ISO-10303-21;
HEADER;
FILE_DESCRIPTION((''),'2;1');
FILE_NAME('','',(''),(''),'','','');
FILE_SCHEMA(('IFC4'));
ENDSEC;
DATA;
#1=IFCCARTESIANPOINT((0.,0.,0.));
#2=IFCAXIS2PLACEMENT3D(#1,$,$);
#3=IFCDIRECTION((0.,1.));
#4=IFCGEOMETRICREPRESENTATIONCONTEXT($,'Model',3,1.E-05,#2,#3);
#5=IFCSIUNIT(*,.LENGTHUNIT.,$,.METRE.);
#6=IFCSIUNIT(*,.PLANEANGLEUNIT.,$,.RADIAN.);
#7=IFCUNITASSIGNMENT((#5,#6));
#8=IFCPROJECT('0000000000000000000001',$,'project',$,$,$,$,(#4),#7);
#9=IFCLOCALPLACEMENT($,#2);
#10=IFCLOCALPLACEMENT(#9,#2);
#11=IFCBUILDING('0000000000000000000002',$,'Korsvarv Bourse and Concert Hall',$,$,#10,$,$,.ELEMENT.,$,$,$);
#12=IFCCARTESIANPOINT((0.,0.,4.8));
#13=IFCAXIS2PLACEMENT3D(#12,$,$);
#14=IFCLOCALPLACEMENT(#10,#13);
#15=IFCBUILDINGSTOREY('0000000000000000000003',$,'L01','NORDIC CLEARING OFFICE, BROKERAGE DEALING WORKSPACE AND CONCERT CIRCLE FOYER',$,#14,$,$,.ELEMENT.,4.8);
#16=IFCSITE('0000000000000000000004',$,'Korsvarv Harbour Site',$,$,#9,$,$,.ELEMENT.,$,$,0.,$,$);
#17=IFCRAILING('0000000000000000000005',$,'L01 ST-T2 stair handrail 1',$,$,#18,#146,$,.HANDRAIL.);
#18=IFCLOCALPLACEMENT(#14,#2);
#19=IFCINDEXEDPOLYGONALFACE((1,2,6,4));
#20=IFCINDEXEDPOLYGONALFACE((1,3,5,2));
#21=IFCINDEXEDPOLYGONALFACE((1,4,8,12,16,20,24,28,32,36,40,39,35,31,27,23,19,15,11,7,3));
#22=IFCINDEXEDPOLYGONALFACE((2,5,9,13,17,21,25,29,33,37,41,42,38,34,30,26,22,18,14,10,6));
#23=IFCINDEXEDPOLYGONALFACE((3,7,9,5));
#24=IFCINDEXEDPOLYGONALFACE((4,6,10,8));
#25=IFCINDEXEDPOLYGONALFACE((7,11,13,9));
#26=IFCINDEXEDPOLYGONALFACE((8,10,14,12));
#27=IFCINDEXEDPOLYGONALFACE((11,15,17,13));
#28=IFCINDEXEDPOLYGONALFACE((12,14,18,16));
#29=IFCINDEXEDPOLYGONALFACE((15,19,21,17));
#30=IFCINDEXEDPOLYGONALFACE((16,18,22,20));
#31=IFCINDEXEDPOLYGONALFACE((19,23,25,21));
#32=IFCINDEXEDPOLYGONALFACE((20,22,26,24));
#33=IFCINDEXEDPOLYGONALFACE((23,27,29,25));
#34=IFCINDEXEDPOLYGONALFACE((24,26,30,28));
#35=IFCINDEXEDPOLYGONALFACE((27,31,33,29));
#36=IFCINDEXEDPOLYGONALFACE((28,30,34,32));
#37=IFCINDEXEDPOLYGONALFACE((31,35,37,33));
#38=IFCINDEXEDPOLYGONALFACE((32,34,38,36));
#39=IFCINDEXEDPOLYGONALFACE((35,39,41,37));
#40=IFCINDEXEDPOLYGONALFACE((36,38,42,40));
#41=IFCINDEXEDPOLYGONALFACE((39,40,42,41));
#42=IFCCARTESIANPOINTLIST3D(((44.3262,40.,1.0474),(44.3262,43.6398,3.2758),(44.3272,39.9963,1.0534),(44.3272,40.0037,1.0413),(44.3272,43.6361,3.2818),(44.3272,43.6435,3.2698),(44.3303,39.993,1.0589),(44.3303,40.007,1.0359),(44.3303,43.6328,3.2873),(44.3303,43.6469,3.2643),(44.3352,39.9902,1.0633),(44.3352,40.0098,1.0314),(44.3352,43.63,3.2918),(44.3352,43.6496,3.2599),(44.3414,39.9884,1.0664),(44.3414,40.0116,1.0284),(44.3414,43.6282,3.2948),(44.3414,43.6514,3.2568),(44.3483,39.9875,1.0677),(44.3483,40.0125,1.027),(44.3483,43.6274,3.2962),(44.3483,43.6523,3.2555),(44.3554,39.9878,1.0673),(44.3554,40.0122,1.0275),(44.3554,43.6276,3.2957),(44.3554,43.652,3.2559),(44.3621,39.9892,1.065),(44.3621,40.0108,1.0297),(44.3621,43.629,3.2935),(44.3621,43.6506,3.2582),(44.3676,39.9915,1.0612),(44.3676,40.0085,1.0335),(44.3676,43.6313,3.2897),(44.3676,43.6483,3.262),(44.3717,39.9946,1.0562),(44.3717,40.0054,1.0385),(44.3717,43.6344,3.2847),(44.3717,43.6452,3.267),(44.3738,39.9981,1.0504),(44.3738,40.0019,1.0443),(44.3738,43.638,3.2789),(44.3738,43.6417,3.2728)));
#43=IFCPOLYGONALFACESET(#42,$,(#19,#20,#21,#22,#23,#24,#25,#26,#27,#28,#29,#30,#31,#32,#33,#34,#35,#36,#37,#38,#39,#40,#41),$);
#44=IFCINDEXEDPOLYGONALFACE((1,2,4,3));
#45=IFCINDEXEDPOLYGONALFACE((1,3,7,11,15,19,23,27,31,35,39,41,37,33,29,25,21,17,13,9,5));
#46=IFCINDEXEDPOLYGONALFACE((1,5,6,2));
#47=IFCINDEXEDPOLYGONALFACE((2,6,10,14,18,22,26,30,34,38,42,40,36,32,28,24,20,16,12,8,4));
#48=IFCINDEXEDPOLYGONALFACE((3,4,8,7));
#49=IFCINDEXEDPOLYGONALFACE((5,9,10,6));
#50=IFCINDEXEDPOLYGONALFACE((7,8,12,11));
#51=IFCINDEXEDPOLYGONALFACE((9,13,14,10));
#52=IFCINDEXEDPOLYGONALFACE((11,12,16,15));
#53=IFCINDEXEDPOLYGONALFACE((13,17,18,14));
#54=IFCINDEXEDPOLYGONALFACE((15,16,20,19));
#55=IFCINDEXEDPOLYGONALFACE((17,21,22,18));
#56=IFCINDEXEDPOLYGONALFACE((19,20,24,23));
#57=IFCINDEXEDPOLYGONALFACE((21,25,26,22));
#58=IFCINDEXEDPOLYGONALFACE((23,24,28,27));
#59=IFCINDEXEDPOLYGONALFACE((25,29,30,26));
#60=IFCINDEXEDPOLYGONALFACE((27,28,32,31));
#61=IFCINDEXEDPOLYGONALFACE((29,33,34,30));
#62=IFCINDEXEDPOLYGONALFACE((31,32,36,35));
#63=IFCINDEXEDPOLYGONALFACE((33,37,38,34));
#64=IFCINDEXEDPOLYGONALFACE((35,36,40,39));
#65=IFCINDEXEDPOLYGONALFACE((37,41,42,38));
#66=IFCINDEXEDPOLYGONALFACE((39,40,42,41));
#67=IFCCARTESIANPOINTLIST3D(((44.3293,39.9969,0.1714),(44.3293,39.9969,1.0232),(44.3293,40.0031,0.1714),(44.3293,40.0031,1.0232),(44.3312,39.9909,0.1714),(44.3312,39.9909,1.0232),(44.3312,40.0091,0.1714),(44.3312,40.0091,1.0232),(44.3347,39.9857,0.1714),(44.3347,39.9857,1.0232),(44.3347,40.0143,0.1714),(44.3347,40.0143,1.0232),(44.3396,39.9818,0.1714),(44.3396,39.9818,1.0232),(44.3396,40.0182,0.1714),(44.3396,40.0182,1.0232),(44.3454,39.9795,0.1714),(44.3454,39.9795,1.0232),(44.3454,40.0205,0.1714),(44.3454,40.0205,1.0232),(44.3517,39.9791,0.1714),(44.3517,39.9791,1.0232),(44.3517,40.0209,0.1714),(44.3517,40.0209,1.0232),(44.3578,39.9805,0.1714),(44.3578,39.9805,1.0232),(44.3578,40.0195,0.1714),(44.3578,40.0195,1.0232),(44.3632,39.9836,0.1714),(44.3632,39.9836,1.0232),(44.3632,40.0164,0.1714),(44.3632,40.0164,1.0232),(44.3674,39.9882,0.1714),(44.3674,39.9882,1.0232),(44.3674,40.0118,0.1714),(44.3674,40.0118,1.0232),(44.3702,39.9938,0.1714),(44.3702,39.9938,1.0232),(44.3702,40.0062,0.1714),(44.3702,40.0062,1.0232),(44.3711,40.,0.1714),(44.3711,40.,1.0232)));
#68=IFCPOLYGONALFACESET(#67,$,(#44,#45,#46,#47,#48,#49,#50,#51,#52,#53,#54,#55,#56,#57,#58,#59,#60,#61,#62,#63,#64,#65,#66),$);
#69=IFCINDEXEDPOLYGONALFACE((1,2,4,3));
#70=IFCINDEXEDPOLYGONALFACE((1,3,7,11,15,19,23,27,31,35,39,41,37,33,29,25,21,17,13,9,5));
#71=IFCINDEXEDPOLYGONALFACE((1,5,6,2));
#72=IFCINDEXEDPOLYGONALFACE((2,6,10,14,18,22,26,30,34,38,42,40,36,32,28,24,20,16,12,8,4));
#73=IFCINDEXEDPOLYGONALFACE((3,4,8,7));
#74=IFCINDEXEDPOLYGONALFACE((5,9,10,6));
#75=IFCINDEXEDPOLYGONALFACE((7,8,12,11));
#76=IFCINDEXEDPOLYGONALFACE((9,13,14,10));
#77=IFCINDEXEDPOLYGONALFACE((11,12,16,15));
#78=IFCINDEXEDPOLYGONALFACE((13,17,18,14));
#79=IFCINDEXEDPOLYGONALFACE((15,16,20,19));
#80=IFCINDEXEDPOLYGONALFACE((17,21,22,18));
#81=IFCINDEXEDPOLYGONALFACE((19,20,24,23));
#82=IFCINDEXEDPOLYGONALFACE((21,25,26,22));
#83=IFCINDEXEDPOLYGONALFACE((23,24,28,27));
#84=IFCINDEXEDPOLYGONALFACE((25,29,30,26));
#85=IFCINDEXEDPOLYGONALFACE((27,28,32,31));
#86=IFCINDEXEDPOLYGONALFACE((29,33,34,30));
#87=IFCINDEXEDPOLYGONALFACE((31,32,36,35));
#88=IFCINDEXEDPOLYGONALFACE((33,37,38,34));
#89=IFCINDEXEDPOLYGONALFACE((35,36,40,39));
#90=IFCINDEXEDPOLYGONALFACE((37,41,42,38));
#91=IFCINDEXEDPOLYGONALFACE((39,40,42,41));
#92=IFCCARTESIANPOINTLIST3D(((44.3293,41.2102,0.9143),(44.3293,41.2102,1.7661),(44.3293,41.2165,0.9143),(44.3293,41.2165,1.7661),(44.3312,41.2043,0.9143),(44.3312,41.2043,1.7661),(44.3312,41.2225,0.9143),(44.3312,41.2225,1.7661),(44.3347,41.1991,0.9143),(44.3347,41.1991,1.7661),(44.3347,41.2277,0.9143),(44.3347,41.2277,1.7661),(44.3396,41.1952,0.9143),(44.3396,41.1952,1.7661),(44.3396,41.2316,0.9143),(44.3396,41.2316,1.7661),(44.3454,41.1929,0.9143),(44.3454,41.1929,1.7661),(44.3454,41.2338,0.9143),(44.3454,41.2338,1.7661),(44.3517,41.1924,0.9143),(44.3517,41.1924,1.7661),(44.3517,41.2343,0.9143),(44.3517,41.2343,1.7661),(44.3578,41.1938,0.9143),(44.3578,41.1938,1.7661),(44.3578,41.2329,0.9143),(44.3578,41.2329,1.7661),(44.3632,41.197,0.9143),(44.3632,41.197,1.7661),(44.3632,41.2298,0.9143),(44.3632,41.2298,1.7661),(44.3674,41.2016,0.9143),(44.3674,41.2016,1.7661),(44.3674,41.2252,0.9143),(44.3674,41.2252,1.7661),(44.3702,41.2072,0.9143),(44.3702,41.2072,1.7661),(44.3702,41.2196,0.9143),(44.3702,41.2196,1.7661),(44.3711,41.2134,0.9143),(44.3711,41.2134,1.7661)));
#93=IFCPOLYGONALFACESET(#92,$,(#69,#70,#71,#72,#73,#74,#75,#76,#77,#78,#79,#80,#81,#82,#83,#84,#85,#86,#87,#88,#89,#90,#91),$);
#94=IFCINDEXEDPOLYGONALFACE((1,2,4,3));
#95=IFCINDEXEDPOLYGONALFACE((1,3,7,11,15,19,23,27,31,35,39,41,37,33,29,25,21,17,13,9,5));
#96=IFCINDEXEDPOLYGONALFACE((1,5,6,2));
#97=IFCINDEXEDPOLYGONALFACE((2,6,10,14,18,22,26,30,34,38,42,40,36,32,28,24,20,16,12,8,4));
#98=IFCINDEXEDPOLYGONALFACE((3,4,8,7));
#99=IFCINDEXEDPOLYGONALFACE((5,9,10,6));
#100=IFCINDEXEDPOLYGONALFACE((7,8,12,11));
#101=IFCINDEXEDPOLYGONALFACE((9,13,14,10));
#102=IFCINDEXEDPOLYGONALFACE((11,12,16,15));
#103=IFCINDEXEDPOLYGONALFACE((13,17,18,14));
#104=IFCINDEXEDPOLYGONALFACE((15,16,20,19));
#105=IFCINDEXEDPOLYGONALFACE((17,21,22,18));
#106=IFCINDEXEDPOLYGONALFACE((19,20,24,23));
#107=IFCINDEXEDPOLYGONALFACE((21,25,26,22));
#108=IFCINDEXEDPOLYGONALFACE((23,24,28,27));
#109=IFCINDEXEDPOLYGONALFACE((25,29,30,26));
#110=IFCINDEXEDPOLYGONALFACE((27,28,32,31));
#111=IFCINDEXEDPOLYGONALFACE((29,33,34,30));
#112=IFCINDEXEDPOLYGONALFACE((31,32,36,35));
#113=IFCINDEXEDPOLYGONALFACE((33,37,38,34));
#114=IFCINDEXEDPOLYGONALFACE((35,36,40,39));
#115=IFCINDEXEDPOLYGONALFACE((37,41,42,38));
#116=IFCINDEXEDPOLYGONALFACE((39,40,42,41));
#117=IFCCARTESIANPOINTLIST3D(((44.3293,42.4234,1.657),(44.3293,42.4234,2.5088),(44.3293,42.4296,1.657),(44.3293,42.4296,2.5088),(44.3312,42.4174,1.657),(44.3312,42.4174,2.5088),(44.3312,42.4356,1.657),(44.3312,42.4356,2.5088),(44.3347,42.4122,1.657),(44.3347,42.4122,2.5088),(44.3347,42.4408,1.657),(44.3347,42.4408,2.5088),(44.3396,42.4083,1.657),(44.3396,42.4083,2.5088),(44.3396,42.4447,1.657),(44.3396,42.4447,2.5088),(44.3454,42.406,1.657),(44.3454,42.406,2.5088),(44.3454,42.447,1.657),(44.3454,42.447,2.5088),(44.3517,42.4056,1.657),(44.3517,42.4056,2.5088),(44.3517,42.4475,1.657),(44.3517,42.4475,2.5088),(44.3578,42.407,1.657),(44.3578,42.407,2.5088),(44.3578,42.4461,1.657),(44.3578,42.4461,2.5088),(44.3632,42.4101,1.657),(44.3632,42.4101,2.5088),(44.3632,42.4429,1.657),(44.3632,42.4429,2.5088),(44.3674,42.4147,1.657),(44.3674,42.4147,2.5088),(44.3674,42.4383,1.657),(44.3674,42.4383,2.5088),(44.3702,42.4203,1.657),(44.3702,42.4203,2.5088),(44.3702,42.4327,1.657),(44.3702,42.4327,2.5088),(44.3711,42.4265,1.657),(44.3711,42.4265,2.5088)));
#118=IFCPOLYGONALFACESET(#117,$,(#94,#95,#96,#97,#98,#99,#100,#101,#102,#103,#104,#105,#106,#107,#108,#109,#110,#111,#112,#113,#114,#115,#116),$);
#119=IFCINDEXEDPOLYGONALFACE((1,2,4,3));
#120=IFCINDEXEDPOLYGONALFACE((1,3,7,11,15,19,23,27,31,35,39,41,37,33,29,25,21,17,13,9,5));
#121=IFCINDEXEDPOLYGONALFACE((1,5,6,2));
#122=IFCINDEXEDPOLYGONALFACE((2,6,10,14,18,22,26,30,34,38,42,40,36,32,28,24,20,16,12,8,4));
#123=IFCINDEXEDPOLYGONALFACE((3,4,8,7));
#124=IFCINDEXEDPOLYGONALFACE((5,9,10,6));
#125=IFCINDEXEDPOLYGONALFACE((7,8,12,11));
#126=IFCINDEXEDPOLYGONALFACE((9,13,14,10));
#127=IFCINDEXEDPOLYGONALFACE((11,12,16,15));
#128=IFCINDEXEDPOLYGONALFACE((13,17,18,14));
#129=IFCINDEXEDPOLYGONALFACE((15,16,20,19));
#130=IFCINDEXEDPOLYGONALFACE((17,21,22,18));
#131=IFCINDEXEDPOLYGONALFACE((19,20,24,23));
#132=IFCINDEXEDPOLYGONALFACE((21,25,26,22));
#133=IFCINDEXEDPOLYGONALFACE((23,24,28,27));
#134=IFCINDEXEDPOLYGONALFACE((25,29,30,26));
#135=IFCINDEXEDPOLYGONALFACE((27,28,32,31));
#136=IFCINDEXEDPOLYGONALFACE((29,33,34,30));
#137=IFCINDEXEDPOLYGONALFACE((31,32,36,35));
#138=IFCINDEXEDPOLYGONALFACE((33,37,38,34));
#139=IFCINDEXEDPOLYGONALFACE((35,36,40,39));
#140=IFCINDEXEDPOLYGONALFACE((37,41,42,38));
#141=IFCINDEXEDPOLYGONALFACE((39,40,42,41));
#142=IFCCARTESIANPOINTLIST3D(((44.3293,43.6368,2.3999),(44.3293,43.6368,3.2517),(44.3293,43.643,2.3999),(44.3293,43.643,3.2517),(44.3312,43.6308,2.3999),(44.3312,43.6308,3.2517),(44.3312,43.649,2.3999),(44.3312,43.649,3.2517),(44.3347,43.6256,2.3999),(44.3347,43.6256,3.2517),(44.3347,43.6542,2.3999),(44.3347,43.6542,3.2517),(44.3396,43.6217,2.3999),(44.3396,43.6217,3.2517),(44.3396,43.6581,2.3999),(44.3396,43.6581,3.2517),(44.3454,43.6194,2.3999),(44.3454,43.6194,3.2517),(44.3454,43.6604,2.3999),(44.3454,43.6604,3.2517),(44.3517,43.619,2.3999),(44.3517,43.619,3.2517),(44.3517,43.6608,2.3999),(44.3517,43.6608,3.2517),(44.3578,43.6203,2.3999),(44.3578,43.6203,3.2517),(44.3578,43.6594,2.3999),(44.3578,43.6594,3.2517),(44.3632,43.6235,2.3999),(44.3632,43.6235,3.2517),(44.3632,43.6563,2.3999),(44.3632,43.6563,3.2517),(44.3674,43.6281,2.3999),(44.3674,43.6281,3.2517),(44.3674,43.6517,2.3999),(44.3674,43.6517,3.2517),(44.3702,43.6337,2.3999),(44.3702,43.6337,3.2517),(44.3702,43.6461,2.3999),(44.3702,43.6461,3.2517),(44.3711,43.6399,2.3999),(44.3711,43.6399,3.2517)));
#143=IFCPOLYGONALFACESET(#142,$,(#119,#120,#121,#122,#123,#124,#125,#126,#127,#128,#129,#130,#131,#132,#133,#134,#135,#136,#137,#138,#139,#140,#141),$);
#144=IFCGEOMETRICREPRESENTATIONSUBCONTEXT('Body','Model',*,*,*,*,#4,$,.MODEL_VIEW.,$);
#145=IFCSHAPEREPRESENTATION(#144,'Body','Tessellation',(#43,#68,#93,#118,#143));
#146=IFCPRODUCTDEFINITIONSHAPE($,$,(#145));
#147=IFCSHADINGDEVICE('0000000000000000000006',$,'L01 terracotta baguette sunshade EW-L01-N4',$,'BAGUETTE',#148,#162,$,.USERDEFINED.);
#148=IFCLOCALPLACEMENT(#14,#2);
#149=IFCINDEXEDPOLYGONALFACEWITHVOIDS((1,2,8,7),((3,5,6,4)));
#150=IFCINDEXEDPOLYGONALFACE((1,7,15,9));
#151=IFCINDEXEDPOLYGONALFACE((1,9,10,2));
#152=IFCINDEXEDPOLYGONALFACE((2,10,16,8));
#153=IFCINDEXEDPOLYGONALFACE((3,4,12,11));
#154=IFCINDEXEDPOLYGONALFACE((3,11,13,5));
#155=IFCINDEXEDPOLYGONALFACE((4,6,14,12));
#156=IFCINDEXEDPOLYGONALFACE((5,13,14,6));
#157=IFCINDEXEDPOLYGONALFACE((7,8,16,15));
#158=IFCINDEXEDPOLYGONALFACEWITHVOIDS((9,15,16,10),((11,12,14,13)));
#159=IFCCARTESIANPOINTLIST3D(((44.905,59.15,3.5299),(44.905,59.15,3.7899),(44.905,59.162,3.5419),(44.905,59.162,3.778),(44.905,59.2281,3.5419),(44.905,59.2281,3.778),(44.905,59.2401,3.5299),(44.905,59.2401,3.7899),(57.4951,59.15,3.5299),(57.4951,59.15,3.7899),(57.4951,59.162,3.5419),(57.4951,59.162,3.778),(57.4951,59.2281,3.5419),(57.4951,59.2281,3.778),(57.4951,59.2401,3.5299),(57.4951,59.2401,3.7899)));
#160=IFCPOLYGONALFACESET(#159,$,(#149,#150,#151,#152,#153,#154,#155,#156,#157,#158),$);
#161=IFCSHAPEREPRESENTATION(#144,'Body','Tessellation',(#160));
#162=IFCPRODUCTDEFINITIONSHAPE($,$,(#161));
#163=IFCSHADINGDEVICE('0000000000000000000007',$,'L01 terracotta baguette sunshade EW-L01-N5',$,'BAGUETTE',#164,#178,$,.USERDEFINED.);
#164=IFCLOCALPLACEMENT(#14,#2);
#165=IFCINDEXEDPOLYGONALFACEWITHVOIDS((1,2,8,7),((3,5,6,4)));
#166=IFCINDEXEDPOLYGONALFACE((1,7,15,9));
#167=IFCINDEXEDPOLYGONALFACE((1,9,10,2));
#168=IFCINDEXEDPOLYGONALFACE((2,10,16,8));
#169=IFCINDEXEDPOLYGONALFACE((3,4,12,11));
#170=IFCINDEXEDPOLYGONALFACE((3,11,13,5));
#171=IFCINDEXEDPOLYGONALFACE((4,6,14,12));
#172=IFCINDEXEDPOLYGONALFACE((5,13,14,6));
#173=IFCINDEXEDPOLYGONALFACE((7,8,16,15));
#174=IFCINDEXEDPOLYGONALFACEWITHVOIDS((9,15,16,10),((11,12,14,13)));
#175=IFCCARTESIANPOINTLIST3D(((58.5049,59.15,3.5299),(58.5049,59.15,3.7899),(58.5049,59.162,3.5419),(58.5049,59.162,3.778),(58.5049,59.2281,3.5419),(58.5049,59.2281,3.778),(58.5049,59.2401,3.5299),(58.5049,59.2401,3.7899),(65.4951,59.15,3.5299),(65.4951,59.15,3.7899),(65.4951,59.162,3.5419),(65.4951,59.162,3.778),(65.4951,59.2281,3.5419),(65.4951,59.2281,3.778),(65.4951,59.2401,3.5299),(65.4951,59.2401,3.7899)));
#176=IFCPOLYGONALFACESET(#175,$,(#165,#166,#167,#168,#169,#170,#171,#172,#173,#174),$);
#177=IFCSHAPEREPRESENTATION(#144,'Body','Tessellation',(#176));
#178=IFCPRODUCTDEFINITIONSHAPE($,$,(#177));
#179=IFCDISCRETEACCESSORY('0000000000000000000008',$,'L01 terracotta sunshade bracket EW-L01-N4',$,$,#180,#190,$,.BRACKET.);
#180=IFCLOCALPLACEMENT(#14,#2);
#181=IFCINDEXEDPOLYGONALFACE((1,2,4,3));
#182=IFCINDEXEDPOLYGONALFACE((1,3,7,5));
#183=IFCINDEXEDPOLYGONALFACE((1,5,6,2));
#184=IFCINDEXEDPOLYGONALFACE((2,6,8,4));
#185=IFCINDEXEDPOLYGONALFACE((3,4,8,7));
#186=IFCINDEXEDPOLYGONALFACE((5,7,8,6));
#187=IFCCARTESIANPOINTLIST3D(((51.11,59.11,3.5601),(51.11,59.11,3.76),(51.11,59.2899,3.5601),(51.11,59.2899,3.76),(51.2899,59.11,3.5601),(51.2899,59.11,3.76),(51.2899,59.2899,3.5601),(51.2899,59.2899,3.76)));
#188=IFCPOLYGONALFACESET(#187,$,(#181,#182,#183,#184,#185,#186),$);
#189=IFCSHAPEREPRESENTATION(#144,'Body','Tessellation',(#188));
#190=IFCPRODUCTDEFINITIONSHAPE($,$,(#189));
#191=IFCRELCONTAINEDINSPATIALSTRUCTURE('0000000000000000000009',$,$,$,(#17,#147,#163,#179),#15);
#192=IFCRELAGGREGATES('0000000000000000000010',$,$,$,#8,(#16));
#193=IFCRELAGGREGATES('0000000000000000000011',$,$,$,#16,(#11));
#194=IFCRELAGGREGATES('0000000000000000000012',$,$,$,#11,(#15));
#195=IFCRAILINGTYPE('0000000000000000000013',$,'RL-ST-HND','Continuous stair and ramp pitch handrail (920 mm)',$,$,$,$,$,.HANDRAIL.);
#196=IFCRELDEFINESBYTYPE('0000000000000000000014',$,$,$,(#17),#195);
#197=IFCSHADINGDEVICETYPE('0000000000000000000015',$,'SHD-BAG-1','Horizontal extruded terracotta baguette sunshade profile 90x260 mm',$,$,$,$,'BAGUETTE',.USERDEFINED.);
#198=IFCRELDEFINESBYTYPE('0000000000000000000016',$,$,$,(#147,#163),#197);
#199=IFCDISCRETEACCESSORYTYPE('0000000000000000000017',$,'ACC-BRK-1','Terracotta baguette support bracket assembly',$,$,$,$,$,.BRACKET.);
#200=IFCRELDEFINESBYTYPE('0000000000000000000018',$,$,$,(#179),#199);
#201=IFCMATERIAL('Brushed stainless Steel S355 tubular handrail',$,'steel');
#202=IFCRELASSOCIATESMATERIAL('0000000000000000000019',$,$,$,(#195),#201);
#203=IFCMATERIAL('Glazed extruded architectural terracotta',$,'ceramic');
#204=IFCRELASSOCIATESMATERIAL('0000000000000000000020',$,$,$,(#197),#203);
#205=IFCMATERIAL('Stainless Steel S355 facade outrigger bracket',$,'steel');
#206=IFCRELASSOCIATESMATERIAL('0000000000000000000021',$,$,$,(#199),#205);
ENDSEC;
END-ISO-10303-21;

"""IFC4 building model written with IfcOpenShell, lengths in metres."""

from ifc_helpers import new_model, si_unit, direction, frame, origin, origin_2d, place, context, subcontext, project, spatial, rectangle, hollow_rectangle, circle, extrude, source, transform, mapped, material, material_profile, profile_set, type_object, element, save


model = new_model("IFC4")

# Units and contexts
model_context = context("Model", 3, precision=1e-05, world=origin(), true_north=direction((0.0, 1.0)))
body_context = subcontext(model_context, "Body", "Model", "MODEL_VIEW")
ifc_project = project(units=[si_unit("LENGTHUNIT", "METRE"), si_unit("PLANEANGLEUNIT", "RADIAN")], contexts=[model_context])

# Site, building, storey
site_placement = place(None, origin())
site = spatial("IfcSite", under=ifc_project, at=site_placement, Name="Korsvarv Harbour Site", CompositionType="ELEMENT", RefElevation=0.0)
building_placement = place(site_placement, origin())
building = spatial("IfcBuilding", under=site, at=building_placement, Name="Korsvarv Bourse and Concert Hall", CompositionType="ELEMENT")
storey_placement = place(building_placement, frame((0.0, 0.0, 4.8)))
storey = spatial("IfcBuildingStorey", under=building, at=storey_placement, Name="L01", Description="NORDIC CLEARING OFFICE, BROKERAGE DEALING WORKSPACE AND CONCERT CIRCLE FOYER", CompositionType="ELEMENT", Elevation=4.8)

# Railing
ifc_material_1 = material(Name="Brushed stainless Steel S355 tubular handrail", Category="steel")
railing_type_1 = type_object("IfcRailingType", Name="RL-ST-HND", Description="Continuous stair and ramp pitch handrail (920 mm)", PredefinedType="HANDRAIL", material=ifc_material_1)
railing_1_placement = place(storey_placement, frame((44.3501, 40.0, 0.1714)))
element("IfcRailing", 1, at=railing_1_placement, inside=storey, type_object=railing_type_1, Name="L01 ST-T2 stair handrail 1", PredefinedType="HANDRAIL", context=body_context, shape_type="SweptSolid", body=[
    extrude(circle(Radius=0.0239, at=origin_2d()), frame((0.0, 0.0, 0.876), z_axis=(0.0, 0.85285, 0.522156), x_axis=(-1.0, 0.0, 0.0)), (0.0, 0.0, 1.0), 4.2678),
    extrude(circle(Radius=0.021, at=origin_2d()), origin(), (0.0, 0.0, 1.0), 0.8518),
    extrude(circle(Radius=0.021, at=origin_2d()), frame((0.0, 1.2134, 0.7429)), (0.0, 0.0, 1.0), 0.8518),
    extrude(circle(Radius=0.021, at=origin_2d()), frame((0.0, 2.4265, 1.4856)), (0.0, 0.0, 1.0), 0.8518),
    extrude(circle(Radius=0.021, at=origin_2d()), frame((0.0, 3.6399, 2.2285)), (0.0, 0.0, 1.0), 0.8518),
])

# Shading devices
ifc_material_2 = material(Name="Glazed extruded architectural terracotta", Category="ceramic")
ifc_material_profile_1 = material_profile(ifc_material_2, hollow_rectangle(XDim=0.0901, YDim=0.26, WallThickness=0.012, at=origin_2d()), Name="TC-BAG 90x260")
ifc_profile_set_1 = profile_set([ifc_material_profile_1], Name="Glazed extruded architectural terracotta")
shading_device_type = type_object("IfcShadingDeviceType", Name="SHD-BAG-1", Description="Horizontal extruded terracotta baguette sunshade profile 90x260 mm", ElementType="BAGUETTE", PredefinedType="USERDEFINED", material=ifc_profile_set_1)
shared_shape_1 = source(origin(), body_context, "Body", "SweptSolid", [
    extrude(hollow_rectangle(XDim=0.0901, YDim=0.26, WallThickness=0.012, at=origin_2d()), origin(), (0.0, 0.0, 1.0), 12.5901),
])
shading_device_1_placement = place(storey_placement, frame((44.905, 59.1951, 3.6599), z_axis=(1.0, 0.0, 0.0), x_axis=(0.0, 1.0, 0.0)))
element("IfcShadingDevice", 2, at=shading_device_1_placement, inside=storey, type_object=shading_device_type, Name="L01 terracotta baguette sunshade EW-L01-N4", ObjectType="BAGUETTE", PredefinedType="USERDEFINED", context=body_context, shape_type="MappedRepresentation", body=[
    mapped(shared_shape_1, transform((0.0, 0.0, 0.0), scale=1.0)),
])
shared_shape_2 = source(origin(), body_context, "Body", "SweptSolid", [
    extrude(hollow_rectangle(XDim=0.0901, YDim=0.26, WallThickness=0.012, at=origin_2d()), origin(), (0.0, 0.0, 1.0), 6.9902),
])
shading_device_2_placement = place(storey_placement, frame((58.5049, 59.1951, 3.6599), z_axis=(1.0, 0.0, 0.0), x_axis=(0.0, 1.0, 0.0)))
element("IfcShadingDevice", 3, at=shading_device_2_placement, inside=storey, type_object=shading_device_type, Name="L01 terracotta baguette sunshade EW-L01-N5", ObjectType="BAGUETTE", PredefinedType="USERDEFINED", context=body_context, shape_type="MappedRepresentation", body=[
    mapped(shared_shape_2, transform((0.0, 0.0, 0.0), scale=1.0)),
])

# Discrete accessory
ifc_material_3 = material(Name="Stainless Steel S355 facade outrigger bracket", Category="steel")
discrete_accessory_type = type_object("IfcDiscreteAccessoryType", Name="ACC-BRK-1", Description="Terracotta baguette support bracket assembly", PredefinedType="BRACKET", material=ifc_material_3)
shared_shape_3 = source(origin(), body_context, "Body", "SweptSolid", [
    extrude(rectangle(XDim=0.1799, YDim=0.1799, at=origin_2d()), origin(), (0.0, 0.0, 1.0), 0.2),
])
discrete_accessory_placement = place(storey_placement, frame((51.2, 59.2, 3.5601), z_axis=(0.0, 0.0, 1.0), x_axis=(1.0, 0.0, 0.0)))
element("IfcDiscreteAccessory", 4, at=discrete_accessory_placement, inside=storey, type_object=discrete_accessory_type, Name="L01 terracotta sunshade bracket EW-L01-N4", PredefinedType="BRACKET", context=body_context, shape_type="MappedRepresentation", body=[
    mapped(shared_shape_3, transform((0.0, 0.0, 0.0), scale=1.0)),
])

save(model, "model.ifc")
